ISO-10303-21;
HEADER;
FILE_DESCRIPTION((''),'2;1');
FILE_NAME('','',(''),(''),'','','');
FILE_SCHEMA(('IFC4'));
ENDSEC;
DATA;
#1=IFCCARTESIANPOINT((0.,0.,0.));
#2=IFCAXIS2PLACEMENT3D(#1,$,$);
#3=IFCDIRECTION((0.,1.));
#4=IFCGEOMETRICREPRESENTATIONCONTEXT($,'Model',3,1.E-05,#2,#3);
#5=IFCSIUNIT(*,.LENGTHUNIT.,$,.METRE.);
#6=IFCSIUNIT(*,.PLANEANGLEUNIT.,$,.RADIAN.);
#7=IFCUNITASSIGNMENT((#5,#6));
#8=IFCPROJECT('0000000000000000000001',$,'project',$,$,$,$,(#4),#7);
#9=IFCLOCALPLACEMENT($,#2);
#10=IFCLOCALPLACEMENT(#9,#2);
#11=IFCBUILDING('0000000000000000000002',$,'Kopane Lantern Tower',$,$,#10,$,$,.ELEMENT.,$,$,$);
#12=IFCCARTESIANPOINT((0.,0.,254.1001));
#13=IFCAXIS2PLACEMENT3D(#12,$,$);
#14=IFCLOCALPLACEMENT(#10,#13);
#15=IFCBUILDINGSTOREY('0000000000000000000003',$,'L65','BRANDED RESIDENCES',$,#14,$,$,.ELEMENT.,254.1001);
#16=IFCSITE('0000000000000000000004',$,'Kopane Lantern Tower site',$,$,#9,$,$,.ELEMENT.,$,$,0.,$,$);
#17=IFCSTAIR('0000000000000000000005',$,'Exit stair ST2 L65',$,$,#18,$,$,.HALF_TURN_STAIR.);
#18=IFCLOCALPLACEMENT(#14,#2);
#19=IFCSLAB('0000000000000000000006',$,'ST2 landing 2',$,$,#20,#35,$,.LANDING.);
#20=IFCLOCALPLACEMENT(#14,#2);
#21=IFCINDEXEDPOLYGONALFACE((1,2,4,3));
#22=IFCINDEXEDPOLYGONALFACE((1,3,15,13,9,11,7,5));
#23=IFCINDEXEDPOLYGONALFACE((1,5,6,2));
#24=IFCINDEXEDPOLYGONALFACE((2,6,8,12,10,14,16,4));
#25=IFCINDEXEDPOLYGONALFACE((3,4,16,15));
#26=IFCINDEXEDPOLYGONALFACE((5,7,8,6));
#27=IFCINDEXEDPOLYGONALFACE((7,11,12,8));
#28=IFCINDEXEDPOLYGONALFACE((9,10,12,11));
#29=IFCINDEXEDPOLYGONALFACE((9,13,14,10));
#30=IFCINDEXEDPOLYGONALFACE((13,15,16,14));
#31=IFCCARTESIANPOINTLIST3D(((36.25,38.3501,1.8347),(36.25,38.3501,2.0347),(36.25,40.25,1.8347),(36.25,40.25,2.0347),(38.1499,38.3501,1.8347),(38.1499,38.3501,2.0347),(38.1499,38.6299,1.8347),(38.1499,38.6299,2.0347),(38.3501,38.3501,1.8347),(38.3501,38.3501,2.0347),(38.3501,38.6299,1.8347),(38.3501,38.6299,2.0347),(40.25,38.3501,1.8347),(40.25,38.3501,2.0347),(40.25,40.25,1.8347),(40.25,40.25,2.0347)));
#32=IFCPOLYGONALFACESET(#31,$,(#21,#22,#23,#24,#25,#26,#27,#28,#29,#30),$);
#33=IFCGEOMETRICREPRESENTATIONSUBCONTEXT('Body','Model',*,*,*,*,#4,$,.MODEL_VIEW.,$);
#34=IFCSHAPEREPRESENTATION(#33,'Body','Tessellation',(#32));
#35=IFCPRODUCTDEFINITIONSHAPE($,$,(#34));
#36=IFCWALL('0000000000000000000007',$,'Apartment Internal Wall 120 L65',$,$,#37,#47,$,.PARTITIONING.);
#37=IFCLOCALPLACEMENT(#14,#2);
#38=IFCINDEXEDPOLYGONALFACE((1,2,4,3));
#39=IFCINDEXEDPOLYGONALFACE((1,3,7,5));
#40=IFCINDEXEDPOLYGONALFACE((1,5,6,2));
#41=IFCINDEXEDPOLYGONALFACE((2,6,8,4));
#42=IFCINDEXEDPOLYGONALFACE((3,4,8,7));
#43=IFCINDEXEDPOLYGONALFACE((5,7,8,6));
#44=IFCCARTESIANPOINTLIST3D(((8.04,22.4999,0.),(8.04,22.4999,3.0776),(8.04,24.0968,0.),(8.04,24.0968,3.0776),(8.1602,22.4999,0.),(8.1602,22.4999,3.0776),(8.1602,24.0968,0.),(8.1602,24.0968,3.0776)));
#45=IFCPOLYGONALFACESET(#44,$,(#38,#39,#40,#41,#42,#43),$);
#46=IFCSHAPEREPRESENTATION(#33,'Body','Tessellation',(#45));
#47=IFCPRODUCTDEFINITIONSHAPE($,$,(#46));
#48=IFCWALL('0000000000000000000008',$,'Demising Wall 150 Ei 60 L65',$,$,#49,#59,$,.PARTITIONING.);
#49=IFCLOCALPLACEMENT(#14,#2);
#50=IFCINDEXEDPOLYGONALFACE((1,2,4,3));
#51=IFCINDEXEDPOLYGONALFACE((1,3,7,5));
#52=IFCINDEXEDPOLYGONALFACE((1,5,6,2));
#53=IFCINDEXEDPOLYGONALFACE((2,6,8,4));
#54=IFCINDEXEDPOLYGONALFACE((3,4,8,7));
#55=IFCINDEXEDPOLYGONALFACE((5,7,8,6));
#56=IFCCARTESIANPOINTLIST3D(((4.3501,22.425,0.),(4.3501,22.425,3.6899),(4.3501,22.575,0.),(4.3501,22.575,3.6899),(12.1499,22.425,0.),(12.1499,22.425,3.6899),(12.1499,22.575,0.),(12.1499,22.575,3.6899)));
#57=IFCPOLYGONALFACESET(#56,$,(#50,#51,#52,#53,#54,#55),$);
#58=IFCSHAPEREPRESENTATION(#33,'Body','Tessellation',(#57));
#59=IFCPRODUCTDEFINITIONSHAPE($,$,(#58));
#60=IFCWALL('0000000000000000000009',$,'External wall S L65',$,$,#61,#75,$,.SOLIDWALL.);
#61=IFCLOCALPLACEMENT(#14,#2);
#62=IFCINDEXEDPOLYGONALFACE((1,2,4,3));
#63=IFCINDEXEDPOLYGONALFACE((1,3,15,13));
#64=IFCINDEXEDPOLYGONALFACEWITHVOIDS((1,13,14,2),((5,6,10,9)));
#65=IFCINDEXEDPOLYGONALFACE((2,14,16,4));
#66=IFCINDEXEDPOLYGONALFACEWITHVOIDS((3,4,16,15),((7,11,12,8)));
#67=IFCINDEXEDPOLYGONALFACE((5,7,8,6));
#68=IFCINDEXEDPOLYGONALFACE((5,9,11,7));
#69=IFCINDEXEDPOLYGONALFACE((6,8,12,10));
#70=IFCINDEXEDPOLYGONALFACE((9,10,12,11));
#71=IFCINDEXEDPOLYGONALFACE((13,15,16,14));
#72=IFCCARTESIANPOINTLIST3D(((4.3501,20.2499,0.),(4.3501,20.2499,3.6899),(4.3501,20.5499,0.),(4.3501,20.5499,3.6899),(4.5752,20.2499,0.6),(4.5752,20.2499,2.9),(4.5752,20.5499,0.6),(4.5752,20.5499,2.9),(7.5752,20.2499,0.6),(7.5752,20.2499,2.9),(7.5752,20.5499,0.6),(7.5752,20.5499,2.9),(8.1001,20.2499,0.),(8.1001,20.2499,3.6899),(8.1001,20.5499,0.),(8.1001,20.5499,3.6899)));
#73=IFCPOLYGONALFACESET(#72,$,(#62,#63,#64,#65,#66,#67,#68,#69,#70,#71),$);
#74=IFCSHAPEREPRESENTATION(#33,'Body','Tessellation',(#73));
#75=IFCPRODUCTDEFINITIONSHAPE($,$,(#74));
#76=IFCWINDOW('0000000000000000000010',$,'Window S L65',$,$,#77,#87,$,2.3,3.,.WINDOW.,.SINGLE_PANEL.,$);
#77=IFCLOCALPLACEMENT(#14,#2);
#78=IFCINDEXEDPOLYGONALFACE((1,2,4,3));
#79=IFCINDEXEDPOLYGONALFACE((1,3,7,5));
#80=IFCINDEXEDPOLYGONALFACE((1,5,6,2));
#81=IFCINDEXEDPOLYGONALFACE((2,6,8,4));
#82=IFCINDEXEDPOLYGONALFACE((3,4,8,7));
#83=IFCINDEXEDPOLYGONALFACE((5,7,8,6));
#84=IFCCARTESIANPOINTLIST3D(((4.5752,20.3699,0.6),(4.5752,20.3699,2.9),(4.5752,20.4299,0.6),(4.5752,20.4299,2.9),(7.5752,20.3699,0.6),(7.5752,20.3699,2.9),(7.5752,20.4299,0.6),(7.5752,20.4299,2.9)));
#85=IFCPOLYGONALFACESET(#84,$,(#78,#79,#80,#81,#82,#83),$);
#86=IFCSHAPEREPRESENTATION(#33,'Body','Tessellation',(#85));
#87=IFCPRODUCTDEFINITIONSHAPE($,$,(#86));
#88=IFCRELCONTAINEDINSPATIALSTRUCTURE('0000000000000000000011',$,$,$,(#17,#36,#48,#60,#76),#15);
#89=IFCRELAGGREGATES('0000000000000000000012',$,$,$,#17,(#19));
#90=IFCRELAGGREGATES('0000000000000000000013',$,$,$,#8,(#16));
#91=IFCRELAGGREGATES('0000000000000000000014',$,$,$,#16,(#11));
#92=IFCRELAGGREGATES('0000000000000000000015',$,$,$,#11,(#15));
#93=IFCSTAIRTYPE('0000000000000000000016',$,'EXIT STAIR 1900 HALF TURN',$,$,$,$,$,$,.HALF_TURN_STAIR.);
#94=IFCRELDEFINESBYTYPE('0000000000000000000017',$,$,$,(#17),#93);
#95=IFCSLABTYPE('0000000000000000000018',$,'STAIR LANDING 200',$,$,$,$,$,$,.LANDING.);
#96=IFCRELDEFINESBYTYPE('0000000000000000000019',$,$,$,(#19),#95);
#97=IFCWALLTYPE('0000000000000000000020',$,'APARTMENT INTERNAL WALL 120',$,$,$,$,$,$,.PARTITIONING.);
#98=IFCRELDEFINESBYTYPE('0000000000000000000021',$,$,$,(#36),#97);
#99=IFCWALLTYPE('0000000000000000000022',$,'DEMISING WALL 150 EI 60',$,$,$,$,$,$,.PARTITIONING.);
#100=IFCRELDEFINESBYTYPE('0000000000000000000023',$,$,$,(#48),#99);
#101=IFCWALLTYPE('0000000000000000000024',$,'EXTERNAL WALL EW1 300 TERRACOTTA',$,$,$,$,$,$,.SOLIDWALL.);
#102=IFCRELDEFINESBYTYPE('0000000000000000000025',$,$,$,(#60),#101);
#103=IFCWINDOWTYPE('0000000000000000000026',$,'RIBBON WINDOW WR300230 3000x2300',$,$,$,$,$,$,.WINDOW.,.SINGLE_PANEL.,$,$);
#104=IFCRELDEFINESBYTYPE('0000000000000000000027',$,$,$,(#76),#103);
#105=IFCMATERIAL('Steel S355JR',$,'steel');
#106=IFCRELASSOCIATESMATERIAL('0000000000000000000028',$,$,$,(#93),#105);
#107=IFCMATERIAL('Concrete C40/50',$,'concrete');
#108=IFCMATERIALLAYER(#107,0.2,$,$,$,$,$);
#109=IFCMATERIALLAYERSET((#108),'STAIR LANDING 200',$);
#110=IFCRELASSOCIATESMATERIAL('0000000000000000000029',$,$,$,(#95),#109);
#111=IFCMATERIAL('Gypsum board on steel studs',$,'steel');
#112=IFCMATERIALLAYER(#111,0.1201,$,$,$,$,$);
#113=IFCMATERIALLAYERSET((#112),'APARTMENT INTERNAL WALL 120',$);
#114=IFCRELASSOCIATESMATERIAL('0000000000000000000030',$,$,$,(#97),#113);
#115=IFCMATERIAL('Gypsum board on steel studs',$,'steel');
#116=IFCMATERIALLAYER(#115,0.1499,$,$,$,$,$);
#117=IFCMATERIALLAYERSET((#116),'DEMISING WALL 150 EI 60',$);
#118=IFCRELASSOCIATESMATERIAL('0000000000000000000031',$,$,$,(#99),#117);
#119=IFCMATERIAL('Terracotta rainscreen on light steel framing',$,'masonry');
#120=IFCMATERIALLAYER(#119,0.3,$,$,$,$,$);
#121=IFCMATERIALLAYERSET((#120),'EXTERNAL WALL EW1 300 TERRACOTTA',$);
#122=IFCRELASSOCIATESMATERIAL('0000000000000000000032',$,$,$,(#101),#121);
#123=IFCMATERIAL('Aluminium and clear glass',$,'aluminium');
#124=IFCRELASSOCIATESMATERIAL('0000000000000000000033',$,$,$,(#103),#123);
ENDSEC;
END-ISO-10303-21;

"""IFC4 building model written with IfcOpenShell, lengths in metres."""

from ifc_helpers import new_model, si_unit, direction, frame, frame_2d, origin, place, context, subcontext, project, spatial, polyline, rectangle, outline, extrude, material, layer, layer_set, type_object, element, fill, aggregate, save


model = new_model("IFC4")

# Units and contexts
model_context = context("Model", 3, precision=1e-05, world=origin(), true_north=direction((0.0, 1.0)))
body_context = subcontext(model_context, "Body", "Model", "MODEL_VIEW")
ifc_project = project(units=[si_unit("LENGTHUNIT", "METRE"), si_unit("PLANEANGLEUNIT", "RADIAN")], contexts=[model_context])

# Site, building, storey
site_placement = place(None, origin())
site = spatial("IfcSite", under=ifc_project, at=site_placement, Name="Kopane Lantern Tower site", CompositionType="ELEMENT", RefElevation=0.0)
building_placement = place(site_placement, origin())
building = spatial("IfcBuilding", under=site, at=building_placement, Name="Kopane Lantern Tower", CompositionType="ELEMENT")
storey_placement = place(building_placement, frame((0.0, 0.0, 254.1001)))
storey = spatial("IfcBuildingStorey", under=building, at=storey_placement, Name="L65", Description="BRANDED RESIDENCES", CompositionType="ELEMENT", Elevation=254.1001)

# Stair, slab
ifc_material_1 = material(Name="Steel S355JR", Category="steel")
stair_type = type_object("IfcStairType", Name="EXIT STAIR 1900 HALF TURN", PredefinedType="HALF_TURN_STAIR", material=ifc_material_1)
ifc_material_2 = material(Name="Concrete C40/50", Category="concrete")
ifc_layer_1 = layer(ifc_material_2, 0.2)
ifc_layer_set_1 = layer_set([ifc_layer_1], Name="STAIR LANDING 200")
slab_type_1 = type_object("IfcSlabType", Name="STAIR LANDING 200", PredefinedType="LANDING", material=ifc_layer_set_1)
stair_1_placement = place(storey_placement, origin())
stair_1 = element("IfcStair", 1, at=stair_1_placement, inside=storey, type_object=stair_type, Name="Exit stair ST2 L65", PredefinedType="HALF_TURN_STAIR")
slab_1_placement = place(storey_placement, frame((0.0, 0.0, 1.8347)))
slab_1 = element("IfcSlab", 2, at=slab_1_placement, type_object=slab_type_1, Name="ST2 landing 2", PredefinedType="LANDING", context=body_context, shape_type="SweptSolid", body=[
    extrude(outline(polyline([(38.1499, 38.6299), (38.3501, 38.6299), (38.3501, 38.3501), (40.25, 38.3501), (40.25, 40.25), (36.25, 40.25), (36.25, 38.3501), (38.1499, 38.3501), (38.1499, 38.6299)])), origin(), (0.0, 0.0, 1.0), 0.2),
])
aggregate(stair_1, [slab_1])

# Walls
ifc_material_3 = material(Name="Gypsum board on steel studs", Category="steel")
ifc_layer_2 = layer(ifc_material_3, 0.1201)
ifc_layer_set_2 = layer_set([ifc_layer_2], Name="APARTMENT INTERNAL WALL 120")
wall_type_1 = type_object("IfcWallType", Name="APARTMENT INTERNAL WALL 120", PredefinedType="PARTITIONING", material=ifc_layer_set_2)
wall_1_placement = place(storey_placement, frame((8.1001, 22.5, 0.0), z_axis=(0.0, 0.0, 1.0), x_axis=(0.0, 1.0, 0.0)))
element("IfcWall", 3, at=wall_1_placement, inside=storey, type_object=wall_type_1, Name="Apartment Internal Wall 120 L65", PredefinedType="PARTITIONING", context=body_context, shape_type="SweptSolid", body=[
    extrude(rectangle(XDim=1.5969, YDim=0.1201, at=frame_2d((0.7983, 0.0))), origin(), (0.0, 0.0, 1.0), 3.0776),
])
ifc_material_4 = material(Name="Gypsum board on steel studs", Category="steel")
ifc_layer_3 = layer(ifc_material_4, 0.1499)
ifc_layer_set_3 = layer_set([ifc_layer_3], Name="DEMISING WALL 150 EI 60")
wall_type_2 = type_object("IfcWallType", Name="DEMISING WALL 150 EI 60", PredefinedType="PARTITIONING", material=ifc_layer_set_3)
wall_2_placement = place(storey_placement, frame((4.3501, 22.5, 0.0), z_axis=(0.0, 0.0, 1.0), x_axis=(1.0, 0.0, 0.0)))
element("IfcWall", 4, at=wall_2_placement, inside=storey, type_object=wall_type_2, Name="Demising Wall 150 Ei 60 L65", PredefinedType="PARTITIONING", context=body_context, shape_type="SweptSolid", body=[
    extrude(rectangle(XDim=7.7998, YDim=0.1499, at=frame_2d((3.8999, 0.0))), origin(), (0.0, 0.0, 1.0), 3.6899),
])

# Wall, opening, window
ifc_material_5 = material(Name="Terracotta rainscreen on light steel framing", Category="masonry")
ifc_layer_4 = layer(ifc_material_5, 0.3)
ifc_layer_set_4 = layer_set([ifc_layer_4], Name="EXTERNAL WALL EW1 300 TERRACOTTA")
wall_type_3 = type_object("IfcWallType", Name="EXTERNAL WALL EW1 300 TERRACOTTA", PredefinedType="SOLIDWALL", material=ifc_layer_set_4)
wall_3_placement = place(storey_placement, frame((4.3501, 20.3999, 0.0), z_axis=(0.0, 0.0, 1.0), x_axis=(1.0, 0.0, 0.0)))
wall_3 = element("IfcWall", 5, at=wall_3_placement, inside=storey, type_object=wall_type_3, Name="External wall S L65", PredefinedType="SOLIDWALL", context=body_context, shape_type="SweptSolid", body=[
    extrude(rectangle(XDim=3.75, YDim=0.3, at=frame_2d((1.875, 0.0))), origin(), (0.0, 0.0, 1.0), 3.6899),
])
opening_placement = place(wall_3_placement, frame((0.2251, 0.0, 0.6001)))
opening = element("IfcOpeningElement", 6, at=opening_placement, cuts=wall_3, PredefinedType="OPENING", context=body_context, shape_type="SweptSolid", body=[
    extrude(rectangle(XDim=3.0, YDim=2.3, at=frame_2d((1.5, 1.1499))), frame((0.0, 0.1599, 0.0), z_axis=(0.0, -1.0, 0.0), x_axis=(1.0, 0.0, 0.0)), (0.0, 0.0, 1.0), 0.3201),
])
ifc_material_6 = material(Name="Aluminium and clear glass", Category="aluminium")
window_type = type_object("IfcWindowType", Name="RIBBON WINDOW WR300230 3000x2300", PartitioningType="SINGLE_PANEL", PredefinedType="WINDOW", material=ifc_material_6)
window_placement = place(opening_placement, origin())
window = element("IfcWindow", 7, at=window_placement, inside=storey, type_object=window_type, Name="Window S L65", OverallHeight=2.3, OverallWidth=3.0, PartitioningType="SINGLE_PANEL", PredefinedType="WINDOW", context=body_context, shape_type="SweptSolid", body=[
    extrude(rectangle(XDim=3.0, YDim=2.3, at=frame_2d((1.5, 1.1499))), frame((0.0, 0.03, 0.0), z_axis=(0.0, -1.0, 0.0), x_axis=(1.0, 0.0, 0.0)), (0.0, 0.0, 1.0), 0.0601),
])
fill(opening, window)

save(model, "model.ifc")
